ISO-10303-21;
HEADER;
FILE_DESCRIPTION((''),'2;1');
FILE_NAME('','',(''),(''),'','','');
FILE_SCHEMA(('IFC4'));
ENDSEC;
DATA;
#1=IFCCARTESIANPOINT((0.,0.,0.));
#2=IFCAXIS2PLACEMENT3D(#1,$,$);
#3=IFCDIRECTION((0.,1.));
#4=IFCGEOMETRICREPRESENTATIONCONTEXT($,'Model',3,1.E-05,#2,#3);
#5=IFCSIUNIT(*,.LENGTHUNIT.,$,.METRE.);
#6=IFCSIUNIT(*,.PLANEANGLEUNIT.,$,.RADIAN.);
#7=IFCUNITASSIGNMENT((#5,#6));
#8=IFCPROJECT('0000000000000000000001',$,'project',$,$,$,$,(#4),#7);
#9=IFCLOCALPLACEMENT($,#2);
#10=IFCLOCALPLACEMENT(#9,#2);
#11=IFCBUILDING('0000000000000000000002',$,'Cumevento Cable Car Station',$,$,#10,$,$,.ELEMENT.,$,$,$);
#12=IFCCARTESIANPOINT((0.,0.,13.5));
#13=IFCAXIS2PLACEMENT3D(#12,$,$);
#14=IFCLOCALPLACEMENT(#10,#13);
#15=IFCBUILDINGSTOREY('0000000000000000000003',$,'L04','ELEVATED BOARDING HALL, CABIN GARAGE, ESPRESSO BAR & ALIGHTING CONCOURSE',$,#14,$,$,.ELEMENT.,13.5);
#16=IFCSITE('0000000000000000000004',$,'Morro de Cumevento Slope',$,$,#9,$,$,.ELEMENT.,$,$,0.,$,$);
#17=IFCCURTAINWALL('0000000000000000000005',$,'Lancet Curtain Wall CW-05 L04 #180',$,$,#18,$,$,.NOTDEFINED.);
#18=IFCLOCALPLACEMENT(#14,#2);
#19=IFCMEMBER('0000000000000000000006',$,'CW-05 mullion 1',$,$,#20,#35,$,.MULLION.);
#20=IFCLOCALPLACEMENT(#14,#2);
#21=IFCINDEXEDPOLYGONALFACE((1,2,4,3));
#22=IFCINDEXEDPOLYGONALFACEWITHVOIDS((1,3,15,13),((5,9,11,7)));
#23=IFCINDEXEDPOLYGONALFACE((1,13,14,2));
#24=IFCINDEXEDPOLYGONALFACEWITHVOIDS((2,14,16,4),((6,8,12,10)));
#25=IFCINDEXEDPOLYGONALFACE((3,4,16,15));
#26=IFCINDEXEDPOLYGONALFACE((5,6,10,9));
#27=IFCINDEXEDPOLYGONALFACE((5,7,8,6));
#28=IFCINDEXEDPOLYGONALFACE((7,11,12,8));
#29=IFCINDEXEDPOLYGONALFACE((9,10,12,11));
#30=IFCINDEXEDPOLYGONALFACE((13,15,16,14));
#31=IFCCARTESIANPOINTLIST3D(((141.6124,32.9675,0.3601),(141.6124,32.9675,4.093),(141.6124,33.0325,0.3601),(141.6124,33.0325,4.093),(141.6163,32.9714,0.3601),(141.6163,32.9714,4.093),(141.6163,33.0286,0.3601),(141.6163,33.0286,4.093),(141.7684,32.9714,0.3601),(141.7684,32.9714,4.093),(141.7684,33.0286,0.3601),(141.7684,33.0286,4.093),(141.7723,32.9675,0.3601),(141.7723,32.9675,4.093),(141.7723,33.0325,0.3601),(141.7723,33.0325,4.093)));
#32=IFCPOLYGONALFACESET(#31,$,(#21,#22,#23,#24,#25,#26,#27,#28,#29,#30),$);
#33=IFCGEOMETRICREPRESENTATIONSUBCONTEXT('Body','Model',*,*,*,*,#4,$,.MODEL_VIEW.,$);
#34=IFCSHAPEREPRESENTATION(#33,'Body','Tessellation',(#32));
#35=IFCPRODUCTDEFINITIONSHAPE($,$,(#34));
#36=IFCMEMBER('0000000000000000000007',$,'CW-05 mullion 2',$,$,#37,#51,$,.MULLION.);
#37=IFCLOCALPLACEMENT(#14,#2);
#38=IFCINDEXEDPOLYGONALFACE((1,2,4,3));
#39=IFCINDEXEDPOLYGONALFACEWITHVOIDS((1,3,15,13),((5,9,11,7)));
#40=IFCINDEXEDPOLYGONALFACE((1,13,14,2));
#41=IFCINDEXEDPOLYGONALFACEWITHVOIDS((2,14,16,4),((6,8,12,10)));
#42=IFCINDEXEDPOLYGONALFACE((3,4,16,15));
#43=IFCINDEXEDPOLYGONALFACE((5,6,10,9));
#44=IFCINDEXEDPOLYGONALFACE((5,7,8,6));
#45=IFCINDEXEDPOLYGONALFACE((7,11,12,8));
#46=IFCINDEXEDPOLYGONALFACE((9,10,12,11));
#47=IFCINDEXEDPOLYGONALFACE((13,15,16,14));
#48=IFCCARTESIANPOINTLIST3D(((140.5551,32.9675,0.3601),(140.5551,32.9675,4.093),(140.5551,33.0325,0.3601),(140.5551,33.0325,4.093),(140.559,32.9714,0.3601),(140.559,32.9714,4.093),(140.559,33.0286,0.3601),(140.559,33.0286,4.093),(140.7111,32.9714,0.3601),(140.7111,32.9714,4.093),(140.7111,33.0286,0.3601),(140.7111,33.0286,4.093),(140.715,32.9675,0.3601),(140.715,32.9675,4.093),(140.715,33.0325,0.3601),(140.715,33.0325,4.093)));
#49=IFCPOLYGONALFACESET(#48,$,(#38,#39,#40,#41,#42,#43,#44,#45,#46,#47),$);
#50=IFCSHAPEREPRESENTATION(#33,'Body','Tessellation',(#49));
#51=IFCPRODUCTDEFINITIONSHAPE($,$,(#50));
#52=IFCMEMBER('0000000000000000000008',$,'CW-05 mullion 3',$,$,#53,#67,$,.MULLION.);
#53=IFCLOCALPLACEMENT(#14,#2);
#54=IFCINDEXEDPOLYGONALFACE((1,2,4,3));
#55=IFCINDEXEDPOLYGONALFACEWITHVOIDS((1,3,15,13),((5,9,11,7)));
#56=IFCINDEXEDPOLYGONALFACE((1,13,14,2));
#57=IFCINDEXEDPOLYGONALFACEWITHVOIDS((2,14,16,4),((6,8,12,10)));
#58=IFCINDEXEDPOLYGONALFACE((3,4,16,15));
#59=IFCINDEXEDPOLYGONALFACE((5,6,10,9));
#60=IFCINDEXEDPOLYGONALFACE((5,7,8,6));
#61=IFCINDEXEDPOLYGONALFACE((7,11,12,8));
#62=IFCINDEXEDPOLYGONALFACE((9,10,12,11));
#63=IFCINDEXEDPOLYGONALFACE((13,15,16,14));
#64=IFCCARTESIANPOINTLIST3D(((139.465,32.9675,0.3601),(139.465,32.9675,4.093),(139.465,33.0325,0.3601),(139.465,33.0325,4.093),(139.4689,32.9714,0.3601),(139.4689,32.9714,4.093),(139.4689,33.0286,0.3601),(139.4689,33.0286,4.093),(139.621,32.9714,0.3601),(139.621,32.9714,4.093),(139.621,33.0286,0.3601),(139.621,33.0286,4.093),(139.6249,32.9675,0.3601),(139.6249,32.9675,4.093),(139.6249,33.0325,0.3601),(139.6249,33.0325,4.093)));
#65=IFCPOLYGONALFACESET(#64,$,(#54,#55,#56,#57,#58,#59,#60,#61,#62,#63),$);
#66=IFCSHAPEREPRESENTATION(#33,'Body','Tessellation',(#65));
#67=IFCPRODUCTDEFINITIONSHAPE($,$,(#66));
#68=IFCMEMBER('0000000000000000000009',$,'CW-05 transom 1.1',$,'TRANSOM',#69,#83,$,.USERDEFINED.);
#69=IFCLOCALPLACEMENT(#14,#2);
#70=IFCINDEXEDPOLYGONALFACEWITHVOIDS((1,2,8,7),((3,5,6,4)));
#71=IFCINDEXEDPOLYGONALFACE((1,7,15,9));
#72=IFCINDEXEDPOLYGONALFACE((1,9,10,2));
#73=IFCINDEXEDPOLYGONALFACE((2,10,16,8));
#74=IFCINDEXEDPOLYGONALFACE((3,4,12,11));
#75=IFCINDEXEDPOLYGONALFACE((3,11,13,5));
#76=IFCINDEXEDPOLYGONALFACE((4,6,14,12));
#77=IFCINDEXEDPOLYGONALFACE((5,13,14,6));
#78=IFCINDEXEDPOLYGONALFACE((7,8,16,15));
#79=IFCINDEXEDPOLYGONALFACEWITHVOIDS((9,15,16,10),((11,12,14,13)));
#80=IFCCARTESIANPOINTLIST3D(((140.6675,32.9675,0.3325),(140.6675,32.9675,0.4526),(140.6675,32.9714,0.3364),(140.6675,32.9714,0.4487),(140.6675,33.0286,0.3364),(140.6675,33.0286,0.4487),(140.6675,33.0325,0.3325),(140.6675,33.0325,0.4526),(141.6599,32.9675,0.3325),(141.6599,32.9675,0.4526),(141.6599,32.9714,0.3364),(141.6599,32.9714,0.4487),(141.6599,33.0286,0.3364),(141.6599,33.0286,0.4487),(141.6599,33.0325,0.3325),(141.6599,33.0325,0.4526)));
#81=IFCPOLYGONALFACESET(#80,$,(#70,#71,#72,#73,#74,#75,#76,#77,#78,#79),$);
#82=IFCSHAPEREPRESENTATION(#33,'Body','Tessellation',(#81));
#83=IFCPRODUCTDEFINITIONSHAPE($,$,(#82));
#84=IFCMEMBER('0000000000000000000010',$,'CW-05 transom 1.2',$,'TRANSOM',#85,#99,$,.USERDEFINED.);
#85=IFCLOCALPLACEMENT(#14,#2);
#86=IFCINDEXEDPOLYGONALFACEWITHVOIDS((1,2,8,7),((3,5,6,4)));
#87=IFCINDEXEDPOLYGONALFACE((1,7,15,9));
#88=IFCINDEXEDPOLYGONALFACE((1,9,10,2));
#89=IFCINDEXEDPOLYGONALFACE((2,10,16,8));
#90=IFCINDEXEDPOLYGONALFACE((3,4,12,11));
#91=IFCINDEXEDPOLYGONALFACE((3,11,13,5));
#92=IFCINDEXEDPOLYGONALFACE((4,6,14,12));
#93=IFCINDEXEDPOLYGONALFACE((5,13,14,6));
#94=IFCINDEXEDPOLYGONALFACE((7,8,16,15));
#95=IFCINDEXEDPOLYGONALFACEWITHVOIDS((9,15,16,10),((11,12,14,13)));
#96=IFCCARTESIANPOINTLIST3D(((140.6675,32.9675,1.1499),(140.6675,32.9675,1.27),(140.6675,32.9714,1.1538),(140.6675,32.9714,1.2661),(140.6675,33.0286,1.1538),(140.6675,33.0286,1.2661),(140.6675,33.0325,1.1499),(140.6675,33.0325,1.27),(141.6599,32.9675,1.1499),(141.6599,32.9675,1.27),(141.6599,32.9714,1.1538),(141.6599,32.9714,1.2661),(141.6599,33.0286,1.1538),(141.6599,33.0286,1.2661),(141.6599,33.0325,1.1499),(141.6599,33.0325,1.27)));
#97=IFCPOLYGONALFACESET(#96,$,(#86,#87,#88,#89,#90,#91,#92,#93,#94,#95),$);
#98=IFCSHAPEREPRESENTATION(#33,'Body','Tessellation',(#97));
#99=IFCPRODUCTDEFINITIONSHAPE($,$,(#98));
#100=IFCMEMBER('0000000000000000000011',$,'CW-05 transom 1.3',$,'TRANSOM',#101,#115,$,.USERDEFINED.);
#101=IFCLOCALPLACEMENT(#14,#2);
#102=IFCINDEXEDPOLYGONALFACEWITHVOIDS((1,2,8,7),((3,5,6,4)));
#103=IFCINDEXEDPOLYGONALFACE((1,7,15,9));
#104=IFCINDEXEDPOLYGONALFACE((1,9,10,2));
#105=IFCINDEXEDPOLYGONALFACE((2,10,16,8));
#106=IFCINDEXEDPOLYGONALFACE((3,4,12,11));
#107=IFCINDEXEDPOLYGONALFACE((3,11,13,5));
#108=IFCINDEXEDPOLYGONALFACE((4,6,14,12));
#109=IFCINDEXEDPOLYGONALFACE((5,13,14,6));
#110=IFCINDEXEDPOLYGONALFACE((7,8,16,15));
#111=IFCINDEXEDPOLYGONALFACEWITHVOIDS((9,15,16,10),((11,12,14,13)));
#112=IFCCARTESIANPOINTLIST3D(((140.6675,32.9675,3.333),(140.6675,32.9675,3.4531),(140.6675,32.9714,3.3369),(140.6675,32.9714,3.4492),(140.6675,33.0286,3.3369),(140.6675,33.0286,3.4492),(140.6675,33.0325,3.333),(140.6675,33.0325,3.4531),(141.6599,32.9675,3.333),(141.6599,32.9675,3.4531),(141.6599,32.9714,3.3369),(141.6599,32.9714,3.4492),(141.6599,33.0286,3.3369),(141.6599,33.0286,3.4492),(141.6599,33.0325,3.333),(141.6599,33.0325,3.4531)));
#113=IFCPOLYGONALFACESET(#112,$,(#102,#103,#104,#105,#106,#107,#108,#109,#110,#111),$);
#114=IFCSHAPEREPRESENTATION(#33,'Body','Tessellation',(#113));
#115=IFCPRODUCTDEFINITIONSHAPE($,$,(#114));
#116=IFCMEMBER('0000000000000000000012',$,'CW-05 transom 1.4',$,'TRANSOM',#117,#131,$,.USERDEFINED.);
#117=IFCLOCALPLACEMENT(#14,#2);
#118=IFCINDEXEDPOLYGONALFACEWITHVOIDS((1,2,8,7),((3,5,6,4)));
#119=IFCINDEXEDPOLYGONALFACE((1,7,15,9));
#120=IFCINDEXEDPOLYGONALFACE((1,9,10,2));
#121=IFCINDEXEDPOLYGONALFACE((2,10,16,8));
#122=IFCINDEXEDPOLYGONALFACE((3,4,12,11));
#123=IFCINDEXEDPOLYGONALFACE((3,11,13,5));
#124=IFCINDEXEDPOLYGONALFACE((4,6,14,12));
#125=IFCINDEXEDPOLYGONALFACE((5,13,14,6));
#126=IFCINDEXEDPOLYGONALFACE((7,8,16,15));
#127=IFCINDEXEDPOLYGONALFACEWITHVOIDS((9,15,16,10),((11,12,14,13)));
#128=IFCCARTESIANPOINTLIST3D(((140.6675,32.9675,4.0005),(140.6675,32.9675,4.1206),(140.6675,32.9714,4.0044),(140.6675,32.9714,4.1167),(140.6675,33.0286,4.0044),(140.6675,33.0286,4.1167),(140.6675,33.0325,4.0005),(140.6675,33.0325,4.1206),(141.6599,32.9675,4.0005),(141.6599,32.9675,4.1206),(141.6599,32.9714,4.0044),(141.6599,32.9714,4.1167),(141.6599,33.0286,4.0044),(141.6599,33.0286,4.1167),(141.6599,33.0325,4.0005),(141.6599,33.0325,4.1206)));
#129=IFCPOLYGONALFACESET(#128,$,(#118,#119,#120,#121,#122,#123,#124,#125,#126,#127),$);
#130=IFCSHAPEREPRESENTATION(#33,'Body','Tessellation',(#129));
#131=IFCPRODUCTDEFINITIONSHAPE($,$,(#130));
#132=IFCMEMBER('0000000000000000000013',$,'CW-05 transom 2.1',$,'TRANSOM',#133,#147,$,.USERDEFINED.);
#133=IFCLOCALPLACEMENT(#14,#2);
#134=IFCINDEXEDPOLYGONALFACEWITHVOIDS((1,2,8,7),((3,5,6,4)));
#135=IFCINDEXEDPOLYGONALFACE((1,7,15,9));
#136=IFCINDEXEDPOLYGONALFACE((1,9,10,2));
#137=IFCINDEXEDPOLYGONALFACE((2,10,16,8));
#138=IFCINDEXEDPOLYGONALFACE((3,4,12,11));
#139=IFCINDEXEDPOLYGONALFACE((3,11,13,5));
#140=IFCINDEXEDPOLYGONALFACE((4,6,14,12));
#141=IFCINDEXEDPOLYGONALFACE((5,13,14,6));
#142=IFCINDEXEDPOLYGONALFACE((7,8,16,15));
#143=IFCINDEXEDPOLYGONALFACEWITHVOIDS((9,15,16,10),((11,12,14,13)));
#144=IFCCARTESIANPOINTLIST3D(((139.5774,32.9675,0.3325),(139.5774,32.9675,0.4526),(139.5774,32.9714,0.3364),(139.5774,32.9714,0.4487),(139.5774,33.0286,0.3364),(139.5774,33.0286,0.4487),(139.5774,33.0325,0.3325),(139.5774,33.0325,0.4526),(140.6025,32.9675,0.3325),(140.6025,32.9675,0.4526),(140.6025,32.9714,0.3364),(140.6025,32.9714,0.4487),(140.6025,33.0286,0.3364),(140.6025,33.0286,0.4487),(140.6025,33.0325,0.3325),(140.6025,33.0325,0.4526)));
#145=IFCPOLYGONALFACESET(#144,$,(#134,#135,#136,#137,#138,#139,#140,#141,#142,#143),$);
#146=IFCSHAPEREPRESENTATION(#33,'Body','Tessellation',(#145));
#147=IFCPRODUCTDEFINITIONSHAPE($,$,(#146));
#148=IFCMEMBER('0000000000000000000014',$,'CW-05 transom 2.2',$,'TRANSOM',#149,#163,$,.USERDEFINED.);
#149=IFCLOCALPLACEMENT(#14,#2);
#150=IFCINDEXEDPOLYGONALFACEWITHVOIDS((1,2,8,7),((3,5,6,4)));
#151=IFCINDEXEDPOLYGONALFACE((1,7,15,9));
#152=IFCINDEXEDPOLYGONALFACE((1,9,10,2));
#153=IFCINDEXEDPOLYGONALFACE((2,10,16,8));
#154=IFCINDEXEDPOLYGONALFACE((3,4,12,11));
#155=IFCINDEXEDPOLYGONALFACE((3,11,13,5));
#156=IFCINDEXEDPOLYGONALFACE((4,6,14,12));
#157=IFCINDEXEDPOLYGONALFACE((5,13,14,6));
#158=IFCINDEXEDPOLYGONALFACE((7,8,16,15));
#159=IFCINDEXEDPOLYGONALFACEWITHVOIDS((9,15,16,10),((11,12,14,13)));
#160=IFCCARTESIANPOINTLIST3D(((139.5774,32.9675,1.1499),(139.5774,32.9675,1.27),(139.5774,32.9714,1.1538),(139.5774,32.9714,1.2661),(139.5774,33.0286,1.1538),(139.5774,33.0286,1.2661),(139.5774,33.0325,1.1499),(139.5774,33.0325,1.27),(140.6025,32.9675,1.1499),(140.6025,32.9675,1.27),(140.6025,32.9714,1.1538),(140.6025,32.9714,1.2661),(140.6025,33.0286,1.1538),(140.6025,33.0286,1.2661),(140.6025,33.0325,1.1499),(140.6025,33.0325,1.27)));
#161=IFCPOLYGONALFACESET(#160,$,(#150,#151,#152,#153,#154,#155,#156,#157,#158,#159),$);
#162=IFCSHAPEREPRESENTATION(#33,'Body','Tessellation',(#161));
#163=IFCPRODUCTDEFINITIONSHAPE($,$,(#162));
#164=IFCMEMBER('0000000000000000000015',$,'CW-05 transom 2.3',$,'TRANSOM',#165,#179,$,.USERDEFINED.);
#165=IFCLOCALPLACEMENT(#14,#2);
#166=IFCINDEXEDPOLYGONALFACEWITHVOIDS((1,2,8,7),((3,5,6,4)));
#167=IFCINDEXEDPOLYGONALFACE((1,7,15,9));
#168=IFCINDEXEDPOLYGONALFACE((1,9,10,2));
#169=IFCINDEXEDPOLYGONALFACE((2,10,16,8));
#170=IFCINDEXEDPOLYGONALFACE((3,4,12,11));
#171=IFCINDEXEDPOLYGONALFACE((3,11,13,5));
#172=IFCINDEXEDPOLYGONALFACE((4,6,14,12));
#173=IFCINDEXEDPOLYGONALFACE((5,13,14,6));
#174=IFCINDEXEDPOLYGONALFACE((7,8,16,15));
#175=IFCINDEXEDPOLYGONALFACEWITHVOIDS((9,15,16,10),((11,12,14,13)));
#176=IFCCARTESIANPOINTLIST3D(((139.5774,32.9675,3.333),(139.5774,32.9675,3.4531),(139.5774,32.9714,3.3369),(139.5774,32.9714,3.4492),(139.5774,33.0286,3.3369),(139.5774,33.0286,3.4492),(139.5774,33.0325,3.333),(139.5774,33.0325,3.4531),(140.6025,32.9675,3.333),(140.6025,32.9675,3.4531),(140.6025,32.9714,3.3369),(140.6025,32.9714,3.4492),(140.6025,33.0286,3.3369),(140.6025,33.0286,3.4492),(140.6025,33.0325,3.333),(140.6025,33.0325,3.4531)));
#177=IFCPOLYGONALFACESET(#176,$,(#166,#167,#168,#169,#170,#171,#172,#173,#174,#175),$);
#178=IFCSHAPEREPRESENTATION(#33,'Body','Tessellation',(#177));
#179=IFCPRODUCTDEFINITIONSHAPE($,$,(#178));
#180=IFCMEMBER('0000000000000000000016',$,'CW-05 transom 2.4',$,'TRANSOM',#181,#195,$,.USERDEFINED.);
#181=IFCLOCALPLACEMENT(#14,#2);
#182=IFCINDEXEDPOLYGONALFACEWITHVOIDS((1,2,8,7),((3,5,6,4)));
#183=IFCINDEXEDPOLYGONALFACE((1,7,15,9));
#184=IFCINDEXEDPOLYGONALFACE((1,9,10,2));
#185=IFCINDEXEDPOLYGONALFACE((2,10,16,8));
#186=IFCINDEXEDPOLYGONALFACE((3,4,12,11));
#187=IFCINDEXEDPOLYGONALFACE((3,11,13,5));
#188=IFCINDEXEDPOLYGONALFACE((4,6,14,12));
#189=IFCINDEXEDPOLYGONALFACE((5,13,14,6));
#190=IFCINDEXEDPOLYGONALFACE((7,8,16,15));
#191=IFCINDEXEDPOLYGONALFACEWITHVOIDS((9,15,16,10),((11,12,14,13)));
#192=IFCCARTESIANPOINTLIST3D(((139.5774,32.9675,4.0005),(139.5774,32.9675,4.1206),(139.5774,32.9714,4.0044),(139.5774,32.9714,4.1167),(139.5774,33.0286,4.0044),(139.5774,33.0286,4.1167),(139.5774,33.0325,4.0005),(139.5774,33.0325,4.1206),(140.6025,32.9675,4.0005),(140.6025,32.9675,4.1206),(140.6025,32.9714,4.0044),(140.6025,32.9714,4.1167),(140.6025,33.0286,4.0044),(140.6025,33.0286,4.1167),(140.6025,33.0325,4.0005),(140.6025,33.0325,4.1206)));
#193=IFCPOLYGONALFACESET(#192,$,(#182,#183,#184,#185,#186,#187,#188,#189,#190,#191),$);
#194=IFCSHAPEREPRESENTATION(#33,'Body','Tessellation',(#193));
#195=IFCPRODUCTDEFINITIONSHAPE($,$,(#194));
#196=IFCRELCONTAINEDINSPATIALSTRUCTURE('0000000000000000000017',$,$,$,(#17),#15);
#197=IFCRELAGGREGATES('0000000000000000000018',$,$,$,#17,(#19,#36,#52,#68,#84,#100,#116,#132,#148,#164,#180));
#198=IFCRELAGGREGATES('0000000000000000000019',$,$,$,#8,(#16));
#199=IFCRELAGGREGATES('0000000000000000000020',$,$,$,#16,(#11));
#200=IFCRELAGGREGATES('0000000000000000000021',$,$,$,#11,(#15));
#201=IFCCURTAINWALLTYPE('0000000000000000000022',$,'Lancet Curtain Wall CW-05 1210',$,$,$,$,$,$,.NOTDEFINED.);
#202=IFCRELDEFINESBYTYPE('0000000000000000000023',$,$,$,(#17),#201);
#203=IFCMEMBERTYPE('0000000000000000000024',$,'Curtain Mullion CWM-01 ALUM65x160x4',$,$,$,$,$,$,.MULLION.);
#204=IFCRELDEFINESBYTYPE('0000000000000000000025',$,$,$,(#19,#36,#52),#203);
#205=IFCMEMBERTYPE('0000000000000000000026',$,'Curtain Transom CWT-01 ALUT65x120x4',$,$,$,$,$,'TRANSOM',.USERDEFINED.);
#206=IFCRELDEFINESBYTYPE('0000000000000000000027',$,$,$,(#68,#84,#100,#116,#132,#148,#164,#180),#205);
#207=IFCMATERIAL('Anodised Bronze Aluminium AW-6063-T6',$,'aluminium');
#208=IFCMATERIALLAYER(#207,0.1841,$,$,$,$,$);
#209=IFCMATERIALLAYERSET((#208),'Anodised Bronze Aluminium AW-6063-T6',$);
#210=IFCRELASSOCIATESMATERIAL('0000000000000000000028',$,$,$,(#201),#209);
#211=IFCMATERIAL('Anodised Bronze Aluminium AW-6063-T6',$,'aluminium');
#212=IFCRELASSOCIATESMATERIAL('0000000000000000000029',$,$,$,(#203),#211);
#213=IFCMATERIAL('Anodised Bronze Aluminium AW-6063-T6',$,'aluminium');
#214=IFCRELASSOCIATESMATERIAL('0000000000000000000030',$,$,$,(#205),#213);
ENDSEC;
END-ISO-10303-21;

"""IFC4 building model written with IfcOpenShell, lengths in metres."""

from ifc_helpers import new_model, si_unit, direction, frame, origin, origin_2d, place, context, subcontext, project, spatial, hollow_rectangle, extrude, material, layer, layer_set, material_profile, profile_set, type_object, element, aggregate, save


model = new_model("IFC4")

# Units and contexts
model_context = context("Model", 3, precision=1e-05, world=origin(), true_north=direction((0.0, 1.0)))
body_context = subcontext(model_context, "Body", "Model", "MODEL_VIEW")
ifc_project = project(units=[si_unit("LENGTHUNIT", "METRE"), si_unit("PLANEANGLEUNIT", "RADIAN")], contexts=[model_context])

# Site, building, storey
site_placement = place(None, origin())
site = spatial("IfcSite", under=ifc_project, at=site_placement, Name="Morro de Cumevento Slope", CompositionType="ELEMENT", RefElevation=0.0)
building_placement = place(site_placement, origin())
building = spatial("IfcBuilding", under=site, at=building_placement, Name="Cumevento Cable Car Station", CompositionType="ELEMENT")
storey_placement = place(building_placement, frame((0.0, 0.0, 13.5)))
storey = spatial("IfcBuildingStorey", under=building, at=storey_placement, Name="L04", Description="ELEVATED BOARDING HALL, CABIN GARAGE, ESPRESSO BAR & ALIGHTING CONCOURSE", CompositionType="ELEMENT", Elevation=13.5)

# Curtain wall, members
ifc_material_1 = material(Name="Anodised Bronze Aluminium AW-6063-T6", Category="aluminium")
ifc_layer_1 = layer(ifc_material_1, 0.1841)
ifc_layer_set_1 = layer_set([ifc_layer_1], Name="Anodised Bronze Aluminium AW-6063-T6")
curtain_wall_type = type_object("IfcCurtainWallType", Name="Lancet Curtain Wall CW-05 1210", PredefinedType="NOTDEFINED", material=ifc_layer_set_1)
curtain_wall_placement = place(storey_placement, origin())
curtain_wall = element("IfcCurtainWall", 1, at=curtain_wall_placement, inside=storey, type_object=curtain_wall_type, Name="Lancet Curtain Wall CW-05 L04 #180", PredefinedType="NOTDEFINED")
ifc_material_2 = material(Name="Anodised Bronze Aluminium AW-6063-T6", Category="aluminium")
ifc_material_profile_1 = material_profile(ifc_material_2, hollow_rectangle(XDim=0.0649, YDim=0.1599, WallThickness=0.0039, at=origin_2d()), Name="ALUM65x160x4")
ifc_profile_set_1 = profile_set([ifc_material_profile_1], Name="Anodised Bronze Aluminium AW-6063-T6")
member_type_1 = type_object("IfcMemberType", Name="Curtain Mullion CWM-01 ALUM65x160x4", PredefinedType="MULLION", material=ifc_profile_set_1)
member_1_placement = place(storey_placement, frame((141.6924, 33.0, 0.3601), z_axis=(0.0, 0.0, 1.0), x_axis=(0.0, -1.0, 0.0)))
member_1 = element("IfcMember", 2, at=member_1_placement, type_object=member_type_1, Name="CW-05 mullion 1", PredefinedType="MULLION", context=body_context, shape_type="SweptSolid", body=[
    extrude(hollow_rectangle(XDim=0.0649, YDim=0.1599, WallThickness=0.0039, at=origin_2d()), origin(), (0.0, 0.0, 1.0), 3.7329),
])
member_2_placement = place(storey_placement, frame((140.635, 33.0, 0.3601), z_axis=(0.0, 0.0, 1.0), x_axis=(0.0, -1.0, 0.0)))
member_2 = element("IfcMember", 3, at=member_2_placement, type_object=member_type_1, Name="CW-05 mullion 2", PredefinedType="MULLION", context=body_context, shape_type="SweptSolid", body=[
    extrude(hollow_rectangle(XDim=0.0649, YDim=0.1599, WallThickness=0.0039, at=origin_2d()), origin(), (0.0, 0.0, 1.0), 3.7329),
])
member_3_placement = place(storey_placement, frame((139.5449, 33.0, 0.3601), z_axis=(0.0, 0.0, 1.0), x_axis=(0.0, -1.0, 0.0)))
member_3 = element("IfcMember", 4, at=member_3_placement, type_object=member_type_1, Name="CW-05 mullion 3", PredefinedType="MULLION", context=body_context, shape_type="SweptSolid", body=[
    extrude(hollow_rectangle(XDim=0.0649, YDim=0.1599, WallThickness=0.0039, at=origin_2d()), origin(), (0.0, 0.0, 1.0), 3.7329),
])
ifc_material_3 = material(Name="Anodised Bronze Aluminium AW-6063-T6", Category="aluminium")
ifc_material_profile_2 = material_profile(ifc_material_3, hollow_rectangle(XDim=0.0649, YDim=0.1201, WallThickness=0.0039, at=origin_2d()), Name="ALUT65x120x4")
ifc_profile_set_2 = profile_set([ifc_material_profile_2], Name="Anodised Bronze Aluminium AW-6063-T6")
member_type_2 = type_object("IfcMemberType", Name="Curtain Transom CWT-01 ALUT65x120x4", ElementType="TRANSOM", PredefinedType="USERDEFINED", material=ifc_profile_set_2)
member_4_placement = place(storey_placement, frame((141.6599, 33.0, 0.3926), z_axis=(-1.0, 0.0, 0.0), x_axis=(0.0, -1.0, 0.0)))
member_4 = element("IfcMember", 5, at=member_4_placement, type_object=member_type_2, Name="CW-05 transom 1.1", ObjectType="TRANSOM", PredefinedType="USERDEFINED", context=body_context, shape_type="SweptSolid", body=[
    extrude(hollow_rectangle(XDim=0.0649, YDim=0.1201, WallThickness=0.0039, at=origin_2d()), origin(), (0.0, 0.0, 1.0), 0.9924),
])
member_5_placement = place(storey_placement, frame((141.6599, 33.0, 1.21), z_axis=(-1.0, 0.0, 0.0), x_axis=(0.0, -1.0, 0.0)))
member_5 = element("IfcMember", 6, at=member_5_placement, type_object=member_type_2, Name="CW-05 transom 1.2", ObjectType="TRANSOM", PredefinedType="USERDEFINED", context=body_context, shape_type="SweptSolid", body=[
    extrude(hollow_rectangle(XDim=0.0649, YDim=0.1201, WallThickness=0.0039, at=origin_2d()), origin(), (0.0, 0.0, 1.0), 0.9924),
])
member_6_placement = place(storey_placement, frame((141.6599, 33.0, 3.3931), z_axis=(-1.0, 0.0, 0.0), x_axis=(0.0, -1.0, 0.0)))
member_6 = element("IfcMember", 7, at=member_6_placement, type_object=member_type_2, Name="CW-05 transom 1.3", ObjectType="TRANSOM", PredefinedType="USERDEFINED", context=body_context, shape_type="SweptSolid", body=[
    extrude(hollow_rectangle(XDim=0.0649, YDim=0.1201, WallThickness=0.0039, at=origin_2d()), origin(), (0.0, 0.0, 1.0), 0.9924),
])
member_7_placement = place(storey_placement, frame((141.6599, 33.0, 4.0605), z_axis=(-1.0, 0.0, 0.0), x_axis=(0.0, -1.0, 0.0)))
member_7 = element("IfcMember", 8, at=member_7_placement, type_object=member_type_2, Name="CW-05 transom 1.4", ObjectType="TRANSOM", PredefinedType="USERDEFINED", context=body_context, shape_type="SweptSolid", body=[
    extrude(hollow_rectangle(XDim=0.0649, YDim=0.1201, WallThickness=0.0039, at=origin_2d()), origin(), (0.0, 0.0, 1.0), 0.9924),
])
member_8_placement = place(storey_placement, frame((140.6025, 33.0, 0.3926), z_axis=(-1.0, 0.0, 0.0), x_axis=(0.0, -1.0, 0.0)))
member_8 = element("IfcMember", 9, at=member_8_placement, type_object=member_type_2, Name="CW-05 transom 2.1", ObjectType="TRANSOM", PredefinedType="USERDEFINED", context=body_context, shape_type="SweptSolid", body=[
    extrude(hollow_rectangle(XDim=0.0649, YDim=0.1201, WallThickness=0.0039, at=origin_2d()), origin(), (0.0, 0.0, 1.0), 1.0251),
])
member_9_placement = place(storey_placement, frame((140.6025, 33.0, 1.21), z_axis=(-1.0, 0.0, 0.0), x_axis=(0.0, -1.0, 0.0)))
member_9 = element("IfcMember", 10, at=member_9_placement, type_object=member_type_2, Name="CW-05 transom 2.2", ObjectType="TRANSOM", PredefinedType="USERDEFINED", context=body_context, shape_type="SweptSolid", body=[
    extrude(hollow_rectangle(XDim=0.0649, YDim=0.1201, WallThickness=0.0039, at=origin_2d()), origin(), (0.0, 0.0, 1.0), 1.0251),
])
member_10_placement = place(storey_placement, frame((140.6025, 33.0, 3.3931), z_axis=(-1.0, 0.0, 0.0), x_axis=(0.0, -1.0, 0.0)))
member_10 = element("IfcMember", 11, at=member_10_placement, type_object=member_type_2, Name="CW-05 transom 2.3", ObjectType="TRANSOM", PredefinedType="USERDEFINED", context=body_context, shape_type="SweptSolid", body=[
    extrude(hollow_rectangle(XDim=0.0649, YDim=0.1201, WallThickness=0.0039, at=origin_2d()), origin(), (0.0, 0.0, 1.0), 1.0251),
])
member_11_placement = place(storey_placement, frame((140.6025, 33.0, 4.0605), z_axis=(-1.0, 0.0, 0.0), x_axis=(0.0, -1.0, 0.0)))
member_11 = element("IfcMember", 12, at=member_11_placement, type_object=member_type_2, Name="CW-05 transom 2.4", ObjectType="TRANSOM", PredefinedType="USERDEFINED", context=body_context, shape_type="SweptSolid", body=[
    extrude(hollow_rectangle(XDim=0.0649, YDim=0.1201, WallThickness=0.0039, at=origin_2d()), origin(), (0.0, 0.0, 1.0), 1.0251),
])
aggregate(curtain_wall, [member_1, member_2, member_3, member_4, member_5, member_6, member_7, member_8, member_9, member_10, member_11])

save(model, "model.ifc")
